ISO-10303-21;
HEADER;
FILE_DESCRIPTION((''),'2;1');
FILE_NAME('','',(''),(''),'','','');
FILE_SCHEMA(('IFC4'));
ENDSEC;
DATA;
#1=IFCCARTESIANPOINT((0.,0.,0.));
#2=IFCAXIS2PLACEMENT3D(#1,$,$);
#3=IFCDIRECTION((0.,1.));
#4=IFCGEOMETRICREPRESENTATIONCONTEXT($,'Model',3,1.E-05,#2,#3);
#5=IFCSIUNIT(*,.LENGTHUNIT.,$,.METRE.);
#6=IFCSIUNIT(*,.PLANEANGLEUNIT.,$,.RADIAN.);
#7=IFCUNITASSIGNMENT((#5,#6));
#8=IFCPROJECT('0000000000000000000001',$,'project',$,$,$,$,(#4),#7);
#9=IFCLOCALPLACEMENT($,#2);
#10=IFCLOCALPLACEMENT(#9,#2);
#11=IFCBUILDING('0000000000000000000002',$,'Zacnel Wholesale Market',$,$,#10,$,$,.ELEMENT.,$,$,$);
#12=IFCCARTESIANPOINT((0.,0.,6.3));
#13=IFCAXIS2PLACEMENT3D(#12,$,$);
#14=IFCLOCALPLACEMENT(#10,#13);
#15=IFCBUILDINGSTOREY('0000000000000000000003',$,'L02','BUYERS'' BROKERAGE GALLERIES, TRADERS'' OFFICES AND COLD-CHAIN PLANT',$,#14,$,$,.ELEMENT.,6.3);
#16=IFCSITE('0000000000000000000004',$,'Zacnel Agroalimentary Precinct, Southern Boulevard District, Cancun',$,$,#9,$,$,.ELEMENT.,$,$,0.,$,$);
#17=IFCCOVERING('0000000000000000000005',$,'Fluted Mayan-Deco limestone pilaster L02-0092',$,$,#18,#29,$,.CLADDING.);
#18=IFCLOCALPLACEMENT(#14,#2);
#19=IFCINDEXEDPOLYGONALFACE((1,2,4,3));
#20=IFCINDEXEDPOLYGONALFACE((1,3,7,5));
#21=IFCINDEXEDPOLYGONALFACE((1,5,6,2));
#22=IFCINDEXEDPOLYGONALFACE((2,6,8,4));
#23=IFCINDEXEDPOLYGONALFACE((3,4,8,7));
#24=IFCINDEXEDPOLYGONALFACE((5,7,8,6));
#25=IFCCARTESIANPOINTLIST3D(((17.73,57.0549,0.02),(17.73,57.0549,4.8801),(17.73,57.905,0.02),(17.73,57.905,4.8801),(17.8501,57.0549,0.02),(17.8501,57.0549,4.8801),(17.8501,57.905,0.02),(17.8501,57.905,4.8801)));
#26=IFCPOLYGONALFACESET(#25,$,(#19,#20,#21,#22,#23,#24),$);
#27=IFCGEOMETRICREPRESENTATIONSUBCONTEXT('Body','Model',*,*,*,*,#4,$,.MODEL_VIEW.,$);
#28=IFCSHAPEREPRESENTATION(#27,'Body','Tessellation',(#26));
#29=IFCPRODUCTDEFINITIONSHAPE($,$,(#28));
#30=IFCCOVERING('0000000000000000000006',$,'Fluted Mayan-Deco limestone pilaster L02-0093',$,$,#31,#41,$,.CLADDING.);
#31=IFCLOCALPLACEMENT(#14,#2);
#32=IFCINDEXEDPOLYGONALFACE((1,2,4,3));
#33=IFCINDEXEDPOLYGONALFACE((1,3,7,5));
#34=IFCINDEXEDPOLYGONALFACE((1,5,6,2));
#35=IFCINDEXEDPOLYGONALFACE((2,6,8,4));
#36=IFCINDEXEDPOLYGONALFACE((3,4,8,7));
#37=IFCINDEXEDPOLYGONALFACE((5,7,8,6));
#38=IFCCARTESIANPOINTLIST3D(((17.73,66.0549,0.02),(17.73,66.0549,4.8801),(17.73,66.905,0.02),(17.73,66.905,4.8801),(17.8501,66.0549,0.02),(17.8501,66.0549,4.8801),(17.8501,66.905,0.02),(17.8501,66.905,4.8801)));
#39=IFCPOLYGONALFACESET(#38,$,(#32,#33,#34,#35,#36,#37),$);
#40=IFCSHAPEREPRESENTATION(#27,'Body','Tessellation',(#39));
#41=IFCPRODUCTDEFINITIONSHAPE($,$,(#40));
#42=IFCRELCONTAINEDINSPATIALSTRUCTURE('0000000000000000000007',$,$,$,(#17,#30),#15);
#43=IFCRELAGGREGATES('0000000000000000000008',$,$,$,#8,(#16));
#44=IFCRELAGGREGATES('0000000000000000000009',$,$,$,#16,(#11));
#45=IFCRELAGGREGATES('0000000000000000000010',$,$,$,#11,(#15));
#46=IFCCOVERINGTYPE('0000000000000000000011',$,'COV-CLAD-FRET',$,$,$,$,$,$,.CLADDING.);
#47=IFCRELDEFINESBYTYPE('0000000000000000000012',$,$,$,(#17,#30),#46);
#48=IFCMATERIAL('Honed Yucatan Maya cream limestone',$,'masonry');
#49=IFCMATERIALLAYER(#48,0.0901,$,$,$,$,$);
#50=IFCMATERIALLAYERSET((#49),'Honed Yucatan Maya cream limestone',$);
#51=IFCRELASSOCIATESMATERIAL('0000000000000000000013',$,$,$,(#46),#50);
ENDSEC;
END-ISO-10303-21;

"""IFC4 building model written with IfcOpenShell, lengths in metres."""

from ifc_helpers import new_model, si_unit, direction, frame, origin, origin_2d, place, context, subcontext, project, spatial, rectangle, extrude, material, layer, layer_set, type_object, element, save


model = new_model("IFC4")

# Units and contexts
model_context = context("Model", 3, precision=1e-05, world=origin(), true_north=direction((0.0, 1.0)))
body_context = subcontext(model_context, "Body", "Model", "MODEL_VIEW")
ifc_project = project(units=[si_unit("LENGTHUNIT", "METRE"), si_unit("PLANEANGLEUNIT", "RADIAN")], contexts=[model_context])

# Site, building, storey
site_placement = place(None, origin())
site = spatial("IfcSite", under=ifc_project, at=site_placement, Name="Zacnel Agroalimentary Precinct, Southern Boulevard District, Cancun", CompositionType="ELEMENT", RefElevation=0.0)
building_placement = place(site_placement, origin())
building = spatial("IfcBuilding", under=site, at=building_placement, Name="Zacnel Wholesale Market", CompositionType="ELEMENT")
storey_placement = place(building_placement, frame((0.0, 0.0, 6.3)))
storey = spatial("IfcBuildingStorey", under=building, at=storey_placement, Name="L02", Description="BUYERS' BROKERAGE GALLERIES, TRADERS' OFFICES AND COLD-CHAIN PLANT", CompositionType="ELEMENT", Elevation=6.3)

# Coverings
ifc_material_1 = material(Name="Honed Yucatan Maya cream limestone", Category="masonry")
ifc_layer_1 = layer(ifc_material_1, 0.0901)
ifc_layer_set_1 = layer_set([ifc_layer_1], Name="Honed Yucatan Maya cream limestone")
covering_type = type_object("IfcCoveringType", Name="COV-CLAD-FRET", PredefinedType="CLADDING", material=ifc_layer_set_1)
for number, where, z_axis, x_axis, name in (
    (1, (17.79, 57.48, 0.02), (0.0, 0.0, 1.0), (0.0, 1.0, 0.0), "Fluted Mayan-Deco limestone pilaster L02-0092"),
    (2, (17.79, 66.48, 0.02), (0.0, 0.0, 1.0), (0.0, 1.0, 0.0), "Fluted Mayan-Deco limestone pilaster L02-0093"),
):
    element("IfcCovering", number, at=place(storey_placement, frame(where, z_axis=z_axis, x_axis=x_axis)), inside=storey, type_object=covering_type, Name=name, PredefinedType="CLADDING", context=body_context, shape_type="SweptSolid", body=[
        extrude(rectangle(XDim=0.8501, YDim=0.1201, at=origin_2d()), origin(), (0.0, 0.0, 1.0), 4.8601),
    ])

save(model, "model.ifc")
